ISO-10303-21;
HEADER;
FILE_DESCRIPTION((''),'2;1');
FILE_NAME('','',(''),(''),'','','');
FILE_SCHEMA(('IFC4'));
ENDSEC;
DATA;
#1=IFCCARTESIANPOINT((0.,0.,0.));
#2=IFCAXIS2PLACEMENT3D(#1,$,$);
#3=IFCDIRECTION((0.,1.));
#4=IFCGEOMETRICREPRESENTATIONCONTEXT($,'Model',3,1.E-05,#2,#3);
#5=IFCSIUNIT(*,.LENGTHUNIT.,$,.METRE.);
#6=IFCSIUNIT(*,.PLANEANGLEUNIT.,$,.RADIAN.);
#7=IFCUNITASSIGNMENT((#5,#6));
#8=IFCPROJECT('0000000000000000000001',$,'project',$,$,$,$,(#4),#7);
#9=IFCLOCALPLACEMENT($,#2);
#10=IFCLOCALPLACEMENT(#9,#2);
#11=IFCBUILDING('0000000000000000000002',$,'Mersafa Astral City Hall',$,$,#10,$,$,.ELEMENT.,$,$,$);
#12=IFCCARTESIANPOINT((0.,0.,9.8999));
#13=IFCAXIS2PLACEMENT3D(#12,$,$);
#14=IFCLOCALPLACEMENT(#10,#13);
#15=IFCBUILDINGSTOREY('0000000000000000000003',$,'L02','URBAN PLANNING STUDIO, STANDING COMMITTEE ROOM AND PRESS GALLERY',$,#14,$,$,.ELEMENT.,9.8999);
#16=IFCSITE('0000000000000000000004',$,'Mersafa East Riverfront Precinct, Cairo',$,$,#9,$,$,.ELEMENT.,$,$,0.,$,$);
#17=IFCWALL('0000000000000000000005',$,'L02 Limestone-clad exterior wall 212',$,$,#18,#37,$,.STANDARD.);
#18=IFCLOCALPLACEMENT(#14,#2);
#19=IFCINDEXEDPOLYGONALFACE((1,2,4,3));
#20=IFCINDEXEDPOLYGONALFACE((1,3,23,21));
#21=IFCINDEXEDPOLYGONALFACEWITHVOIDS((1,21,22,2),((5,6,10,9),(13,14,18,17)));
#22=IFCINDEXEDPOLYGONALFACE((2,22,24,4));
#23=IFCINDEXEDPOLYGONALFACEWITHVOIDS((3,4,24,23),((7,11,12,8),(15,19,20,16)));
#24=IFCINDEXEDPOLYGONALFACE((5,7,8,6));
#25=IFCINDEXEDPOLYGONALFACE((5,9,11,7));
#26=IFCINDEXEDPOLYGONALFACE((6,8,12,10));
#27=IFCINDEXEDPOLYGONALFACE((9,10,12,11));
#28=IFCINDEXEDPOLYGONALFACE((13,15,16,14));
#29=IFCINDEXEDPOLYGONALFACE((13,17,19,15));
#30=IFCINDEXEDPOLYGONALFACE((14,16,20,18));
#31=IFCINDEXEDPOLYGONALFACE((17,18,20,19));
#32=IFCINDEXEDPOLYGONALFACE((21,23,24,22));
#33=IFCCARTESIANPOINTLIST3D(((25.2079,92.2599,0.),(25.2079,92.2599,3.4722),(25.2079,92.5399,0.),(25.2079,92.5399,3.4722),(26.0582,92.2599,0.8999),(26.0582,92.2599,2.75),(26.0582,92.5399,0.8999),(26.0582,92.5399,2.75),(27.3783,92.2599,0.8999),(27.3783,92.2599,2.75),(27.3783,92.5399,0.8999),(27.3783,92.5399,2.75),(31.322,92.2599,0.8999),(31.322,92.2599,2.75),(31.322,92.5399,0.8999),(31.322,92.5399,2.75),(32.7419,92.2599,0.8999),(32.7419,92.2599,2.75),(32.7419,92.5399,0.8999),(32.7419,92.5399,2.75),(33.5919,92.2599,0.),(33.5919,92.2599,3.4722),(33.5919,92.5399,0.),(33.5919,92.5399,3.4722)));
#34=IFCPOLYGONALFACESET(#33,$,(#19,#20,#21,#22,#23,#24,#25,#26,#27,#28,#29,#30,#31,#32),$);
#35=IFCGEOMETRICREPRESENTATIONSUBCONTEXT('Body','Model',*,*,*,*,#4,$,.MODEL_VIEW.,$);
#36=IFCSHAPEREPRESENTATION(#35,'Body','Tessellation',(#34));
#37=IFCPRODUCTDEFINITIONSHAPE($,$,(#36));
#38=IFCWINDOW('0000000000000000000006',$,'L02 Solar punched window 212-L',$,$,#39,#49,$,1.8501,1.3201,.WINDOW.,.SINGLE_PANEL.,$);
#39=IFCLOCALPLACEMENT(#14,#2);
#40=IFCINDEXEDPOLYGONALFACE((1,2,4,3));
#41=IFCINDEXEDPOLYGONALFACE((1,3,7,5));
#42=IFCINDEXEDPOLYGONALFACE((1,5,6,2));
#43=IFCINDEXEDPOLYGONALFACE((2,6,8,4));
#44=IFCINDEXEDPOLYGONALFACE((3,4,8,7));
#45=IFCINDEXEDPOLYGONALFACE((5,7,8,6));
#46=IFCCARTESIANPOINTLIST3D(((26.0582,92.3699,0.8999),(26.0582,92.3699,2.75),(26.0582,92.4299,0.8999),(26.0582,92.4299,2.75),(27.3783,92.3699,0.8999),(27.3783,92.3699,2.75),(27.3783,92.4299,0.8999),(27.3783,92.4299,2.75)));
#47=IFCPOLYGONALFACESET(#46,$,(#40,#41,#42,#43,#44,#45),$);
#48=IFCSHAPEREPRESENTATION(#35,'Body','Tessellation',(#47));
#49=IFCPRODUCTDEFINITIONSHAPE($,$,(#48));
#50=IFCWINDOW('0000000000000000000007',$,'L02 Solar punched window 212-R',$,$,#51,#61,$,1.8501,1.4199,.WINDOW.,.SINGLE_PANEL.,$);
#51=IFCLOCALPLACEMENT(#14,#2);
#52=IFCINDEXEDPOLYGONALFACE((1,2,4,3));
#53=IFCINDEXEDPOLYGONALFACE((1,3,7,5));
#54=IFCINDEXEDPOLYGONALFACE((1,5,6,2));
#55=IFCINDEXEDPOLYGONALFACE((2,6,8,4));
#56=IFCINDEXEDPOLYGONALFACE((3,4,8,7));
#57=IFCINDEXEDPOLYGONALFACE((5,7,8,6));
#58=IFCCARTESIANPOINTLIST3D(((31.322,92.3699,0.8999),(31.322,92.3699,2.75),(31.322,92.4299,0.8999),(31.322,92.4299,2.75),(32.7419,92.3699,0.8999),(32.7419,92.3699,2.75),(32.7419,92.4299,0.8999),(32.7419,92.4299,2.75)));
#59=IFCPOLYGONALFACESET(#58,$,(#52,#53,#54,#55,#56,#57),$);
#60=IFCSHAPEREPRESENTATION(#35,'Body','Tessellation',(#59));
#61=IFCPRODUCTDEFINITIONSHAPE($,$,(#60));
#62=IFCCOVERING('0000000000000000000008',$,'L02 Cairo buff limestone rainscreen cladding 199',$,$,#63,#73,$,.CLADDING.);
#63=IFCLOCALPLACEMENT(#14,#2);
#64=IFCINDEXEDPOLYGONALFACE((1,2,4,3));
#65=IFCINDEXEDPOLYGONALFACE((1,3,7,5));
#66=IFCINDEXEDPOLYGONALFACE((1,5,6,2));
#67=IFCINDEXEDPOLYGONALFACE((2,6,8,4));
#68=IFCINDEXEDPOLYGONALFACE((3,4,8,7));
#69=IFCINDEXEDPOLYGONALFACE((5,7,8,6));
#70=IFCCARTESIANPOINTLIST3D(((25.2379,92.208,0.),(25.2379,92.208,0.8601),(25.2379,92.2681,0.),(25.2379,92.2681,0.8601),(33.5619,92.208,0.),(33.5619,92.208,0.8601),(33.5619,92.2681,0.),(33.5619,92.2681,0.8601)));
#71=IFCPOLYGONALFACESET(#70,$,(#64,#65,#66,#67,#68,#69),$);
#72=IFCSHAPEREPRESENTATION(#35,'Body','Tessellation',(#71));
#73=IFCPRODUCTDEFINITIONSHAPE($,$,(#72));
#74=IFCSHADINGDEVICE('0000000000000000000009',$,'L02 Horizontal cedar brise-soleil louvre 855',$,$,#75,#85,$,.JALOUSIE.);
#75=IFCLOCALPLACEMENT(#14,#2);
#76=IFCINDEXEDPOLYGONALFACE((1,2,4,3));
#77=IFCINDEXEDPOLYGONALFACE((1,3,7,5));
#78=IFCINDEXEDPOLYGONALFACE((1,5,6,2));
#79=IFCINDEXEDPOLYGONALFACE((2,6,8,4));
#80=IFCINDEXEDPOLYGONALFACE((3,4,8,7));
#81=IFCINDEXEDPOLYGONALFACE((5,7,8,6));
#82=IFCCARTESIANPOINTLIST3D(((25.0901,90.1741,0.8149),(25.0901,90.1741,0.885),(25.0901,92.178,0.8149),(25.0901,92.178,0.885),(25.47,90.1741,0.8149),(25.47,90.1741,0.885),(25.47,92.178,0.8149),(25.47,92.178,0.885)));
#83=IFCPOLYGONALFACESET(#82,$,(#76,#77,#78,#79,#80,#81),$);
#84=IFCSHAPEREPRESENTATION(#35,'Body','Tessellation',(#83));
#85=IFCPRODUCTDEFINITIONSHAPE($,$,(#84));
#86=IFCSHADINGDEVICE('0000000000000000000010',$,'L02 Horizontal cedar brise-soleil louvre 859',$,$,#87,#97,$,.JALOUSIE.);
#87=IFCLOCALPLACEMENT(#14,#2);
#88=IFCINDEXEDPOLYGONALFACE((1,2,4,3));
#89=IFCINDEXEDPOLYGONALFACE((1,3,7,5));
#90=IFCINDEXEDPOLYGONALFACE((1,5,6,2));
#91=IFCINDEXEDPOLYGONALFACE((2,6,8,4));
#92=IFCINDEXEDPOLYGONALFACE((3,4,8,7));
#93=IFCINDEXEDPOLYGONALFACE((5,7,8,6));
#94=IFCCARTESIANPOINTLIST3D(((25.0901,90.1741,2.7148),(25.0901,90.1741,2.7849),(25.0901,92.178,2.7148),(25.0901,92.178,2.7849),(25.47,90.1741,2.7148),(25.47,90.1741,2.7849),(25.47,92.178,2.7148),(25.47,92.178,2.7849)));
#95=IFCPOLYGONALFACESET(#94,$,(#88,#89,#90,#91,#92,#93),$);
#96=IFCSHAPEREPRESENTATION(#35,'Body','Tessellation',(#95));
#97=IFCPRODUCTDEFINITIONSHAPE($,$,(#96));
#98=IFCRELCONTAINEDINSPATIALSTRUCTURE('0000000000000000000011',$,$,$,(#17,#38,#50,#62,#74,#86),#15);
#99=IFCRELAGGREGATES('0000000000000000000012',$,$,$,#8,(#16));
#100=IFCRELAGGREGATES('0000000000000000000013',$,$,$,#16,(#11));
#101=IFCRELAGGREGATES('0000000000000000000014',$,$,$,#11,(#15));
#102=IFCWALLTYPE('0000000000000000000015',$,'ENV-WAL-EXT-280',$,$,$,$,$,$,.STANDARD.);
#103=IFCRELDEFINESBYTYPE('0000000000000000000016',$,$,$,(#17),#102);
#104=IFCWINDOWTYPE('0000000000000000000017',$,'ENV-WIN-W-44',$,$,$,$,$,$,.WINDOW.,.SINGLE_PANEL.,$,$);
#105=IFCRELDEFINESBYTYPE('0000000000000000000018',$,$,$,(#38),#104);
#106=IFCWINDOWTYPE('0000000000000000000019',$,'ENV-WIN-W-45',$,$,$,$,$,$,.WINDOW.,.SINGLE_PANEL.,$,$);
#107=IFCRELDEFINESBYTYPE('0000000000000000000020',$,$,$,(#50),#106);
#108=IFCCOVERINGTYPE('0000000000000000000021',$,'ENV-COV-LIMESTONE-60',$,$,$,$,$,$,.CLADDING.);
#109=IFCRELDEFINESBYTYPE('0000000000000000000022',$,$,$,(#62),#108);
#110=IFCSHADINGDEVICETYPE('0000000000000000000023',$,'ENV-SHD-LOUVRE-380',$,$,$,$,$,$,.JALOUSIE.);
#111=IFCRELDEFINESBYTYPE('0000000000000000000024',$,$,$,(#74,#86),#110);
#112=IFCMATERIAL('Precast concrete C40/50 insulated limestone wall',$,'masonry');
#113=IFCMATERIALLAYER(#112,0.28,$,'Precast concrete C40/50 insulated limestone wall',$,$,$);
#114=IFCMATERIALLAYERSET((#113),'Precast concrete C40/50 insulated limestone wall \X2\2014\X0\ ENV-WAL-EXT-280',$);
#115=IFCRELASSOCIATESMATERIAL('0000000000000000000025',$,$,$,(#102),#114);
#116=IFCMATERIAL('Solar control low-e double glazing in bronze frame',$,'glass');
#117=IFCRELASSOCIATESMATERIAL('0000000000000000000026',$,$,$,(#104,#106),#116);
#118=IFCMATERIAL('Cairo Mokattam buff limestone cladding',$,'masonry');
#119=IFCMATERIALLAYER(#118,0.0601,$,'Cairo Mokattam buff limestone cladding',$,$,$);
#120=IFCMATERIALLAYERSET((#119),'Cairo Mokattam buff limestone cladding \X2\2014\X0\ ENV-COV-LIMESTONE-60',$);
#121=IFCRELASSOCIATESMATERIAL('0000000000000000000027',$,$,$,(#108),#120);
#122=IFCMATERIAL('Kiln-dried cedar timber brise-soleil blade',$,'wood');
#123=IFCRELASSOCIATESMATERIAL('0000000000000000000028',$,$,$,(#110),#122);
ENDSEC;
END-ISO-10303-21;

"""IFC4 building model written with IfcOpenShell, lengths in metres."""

from ifc_helpers import new_model, si_unit, direction, frame, frame_2d, origin, origin_2d, place, context, subcontext, project, spatial, rectangle, extrude, material, layer, layer_set, type_object, element, fill, save


model = new_model("IFC4")

# Units and contexts
model_context = context("Model", 3, precision=1e-05, world=origin(), true_north=direction((0.0, 1.0)))
body_context = subcontext(model_context, "Body", "Model", "MODEL_VIEW")
ifc_project = project(units=[si_unit("LENGTHUNIT", "METRE"), si_unit("PLANEANGLEUNIT", "RADIAN")], contexts=[model_context])

# Site, building, storey
site_placement = place(None, origin())
site = spatial("IfcSite", under=ifc_project, at=site_placement, Name="Mersafa East Riverfront Precinct, Cairo", CompositionType="ELEMENT", RefElevation=0.0)
building_placement = place(site_placement, origin())
building = spatial("IfcBuilding", under=site, at=building_placement, Name="Mersafa Astral City Hall", CompositionType="ELEMENT")
storey_placement = place(building_placement, frame((0.0, 0.0, 9.8999)))
storey = spatial("IfcBuildingStorey", under=building, at=storey_placement, Name="L02", Description="URBAN PLANNING STUDIO, STANDING COMMITTEE ROOM AND PRESS GALLERY", CompositionType="ELEMENT", Elevation=9.8999)

# Wall, openings, windows
ifc_material_1 = material(Name="Precast concrete C40/50 insulated limestone wall", Category="masonry")
ifc_layer_1 = layer(ifc_material_1, 0.28, Name="Precast concrete C40/50 insulated limestone wall")
ifc_layer_set_1 = layer_set([ifc_layer_1], Name="Precast concrete C40/50 insulated limestone wall — ENV-WAL-EXT-280")
wall_type = type_object("IfcWallType", Name="ENV-WAL-EXT-280", PredefinedType="STANDARD", material=ifc_layer_set_1)
wall_placement = place(storey_placement, frame((25.208, 92.3999, 0.0), z_axis=(0.0, 0.0, 1.0), x_axis=(1.0, 0.0, 0.0)))
wall = element("IfcWall", 1, at=wall_placement, inside=storey, type_object=wall_type, Name="L02 Limestone-clad exterior wall 212", PredefinedType="STANDARD", context=body_context, shape_type="SweptSolid", body=[
    extrude(rectangle(XDim=8.384, YDim=0.28, at=frame_2d((4.1919, 0.0))), origin(), (0.0, 0.0, 1.0), 3.4722),
])
opening_1_placement = place(wall_placement, frame((0.8501, 0.0, 0.8999)))
opening_1 = element("IfcOpeningElement", 2, at=opening_1_placement, cuts=wall, PredefinedType="OPENING", context=body_context, shape_type="SweptSolid", body=[
    extrude(rectangle(XDim=1.3201, YDim=1.8501, at=frame_2d((0.6602, 0.925))), frame((0.0, 0.1499, 0.0), z_axis=(0.0, -1.0, 0.0), x_axis=(1.0, 0.0, 0.0)), (0.0, 0.0, 1.0), 0.3),
])
opening_2_placement = place(wall_placement, frame((6.114, 0.0, 0.8999)))
opening_2 = element("IfcOpeningElement", 3, at=opening_2_placement, cuts=wall, PredefinedType="OPENING", context=body_context, shape_type="SweptSolid", body=[
    extrude(rectangle(XDim=1.4199, YDim=1.8501, at=frame_2d((0.71, 0.925))), frame((0.0, 0.1499, 0.0), z_axis=(0.0, -1.0, 0.0), x_axis=(1.0, 0.0, 0.0)), (0.0, 0.0, 1.0), 0.3),
])
ifc_material_2 = material(Name="Solar control low-e double glazing in bronze frame", Category="glass")
window_type_1 = type_object("IfcWindowType", Name="ENV-WIN-W-44", PartitioningType="SINGLE_PANEL", PredefinedType="WINDOW", material=ifc_material_2)
window_1_placement = place(opening_1_placement, origin())
window_1 = element("IfcWindow", 4, at=window_1_placement, inside=storey, type_object=window_type_1, Name="L02 Solar punched window 212-L", OverallHeight=1.8501, OverallWidth=1.3201, PartitioningType="SINGLE_PANEL", PredefinedType="WINDOW", context=body_context, shape_type="SweptSolid", body=[
    extrude(rectangle(XDim=1.3201, YDim=1.8501, at=frame_2d((0.6602, 0.925))), frame((0.0, 0.03, 0.0), z_axis=(0.0, -1.0, 0.0), x_axis=(1.0, 0.0, 0.0)), (0.0, 0.0, 1.0), 0.0601),
])
fill(opening_1, window_1)
window_type_2 = type_object("IfcWindowType", Name="ENV-WIN-W-45", PartitioningType="SINGLE_PANEL", PredefinedType="WINDOW", material=ifc_material_2)
window_2_placement = place(opening_2_placement, origin())
window_2 = element("IfcWindow", 5, at=window_2_placement, inside=storey, type_object=window_type_2, Name="L02 Solar punched window 212-R", OverallHeight=1.8501, OverallWidth=1.4199, PartitioningType="SINGLE_PANEL", PredefinedType="WINDOW", context=body_context, shape_type="SweptSolid", body=[
    extrude(rectangle(XDim=1.4199, YDim=1.8501, at=frame_2d((0.71, 0.925))), frame((0.0, 0.03, 0.0), z_axis=(0.0, -1.0, 0.0), x_axis=(1.0, 0.0, 0.0)), (0.0, 0.0, 1.0), 0.0601),
])
fill(opening_2, window_2)

# Covering
ifc_material_3 = material(Name="Cairo Mokattam buff limestone cladding", Category="masonry")
ifc_layer_2 = layer(ifc_material_3, 0.0601, Name="Cairo Mokattam buff limestone cladding")
ifc_layer_set_2 = layer_set([ifc_layer_2], Name="Cairo Mokattam buff limestone cladding — ENV-COV-LIMESTONE-60")
covering_type = type_object("IfcCoveringType", Name="ENV-COV-LIMESTONE-60", PredefinedType="CLADDING", material=ifc_layer_set_2)
covering_placement = place(storey_placement, frame((29.3999, 92.238, 0.0), z_axis=(0.0, 0.0, 1.0), x_axis=(1.0, 0.0, 0.0)))
element("IfcCovering", 6, at=covering_placement, inside=storey, type_object=covering_type, Name="L02 Cairo buff limestone rainscreen cladding 199", PredefinedType="CLADDING", context=body_context, shape_type="SweptSolid", body=[
    extrude(rectangle(XDim=8.324, YDim=0.0601, at=origin_2d()), origin(), (0.0, 0.0, 1.0), 0.8601),
])

# Shading devices
ifc_material_4 = material(Name="Kiln-dried cedar timber brise-soleil blade", Category="wood")
shading_device_type = type_object("IfcShadingDeviceType", Name="ENV-SHD-LOUVRE-380", PredefinedType="JALOUSIE", material=ifc_material_4)
for number, where, z_axis, x_axis, name in (
    (7, (25.28, 91.176, 0.8149), (0.0, 0.0, 1.0), (0.0, 1.0, 0.0), "L02 Horizontal cedar brise-soleil louvre 855"),
    (8, (25.28, 91.176, 2.7148), (0.0, 0.0, 1.0), (0.0, 1.0, 0.0), "L02 Horizontal cedar brise-soleil louvre 859"),
):
    element("IfcShadingDevice", number, at=place(storey_placement, frame(where, z_axis=z_axis, x_axis=x_axis)), inside=storey, type_object=shading_device_type, Name=name, PredefinedType="JALOUSIE", context=body_context, shape_type="SweptSolid", body=[
        extrude(rectangle(XDim=2.0039, YDim=0.3799, at=origin_2d()), origin(), (0.0, 0.0, 1.0), 0.0701),
    ])

save(model, "model.ifc")
